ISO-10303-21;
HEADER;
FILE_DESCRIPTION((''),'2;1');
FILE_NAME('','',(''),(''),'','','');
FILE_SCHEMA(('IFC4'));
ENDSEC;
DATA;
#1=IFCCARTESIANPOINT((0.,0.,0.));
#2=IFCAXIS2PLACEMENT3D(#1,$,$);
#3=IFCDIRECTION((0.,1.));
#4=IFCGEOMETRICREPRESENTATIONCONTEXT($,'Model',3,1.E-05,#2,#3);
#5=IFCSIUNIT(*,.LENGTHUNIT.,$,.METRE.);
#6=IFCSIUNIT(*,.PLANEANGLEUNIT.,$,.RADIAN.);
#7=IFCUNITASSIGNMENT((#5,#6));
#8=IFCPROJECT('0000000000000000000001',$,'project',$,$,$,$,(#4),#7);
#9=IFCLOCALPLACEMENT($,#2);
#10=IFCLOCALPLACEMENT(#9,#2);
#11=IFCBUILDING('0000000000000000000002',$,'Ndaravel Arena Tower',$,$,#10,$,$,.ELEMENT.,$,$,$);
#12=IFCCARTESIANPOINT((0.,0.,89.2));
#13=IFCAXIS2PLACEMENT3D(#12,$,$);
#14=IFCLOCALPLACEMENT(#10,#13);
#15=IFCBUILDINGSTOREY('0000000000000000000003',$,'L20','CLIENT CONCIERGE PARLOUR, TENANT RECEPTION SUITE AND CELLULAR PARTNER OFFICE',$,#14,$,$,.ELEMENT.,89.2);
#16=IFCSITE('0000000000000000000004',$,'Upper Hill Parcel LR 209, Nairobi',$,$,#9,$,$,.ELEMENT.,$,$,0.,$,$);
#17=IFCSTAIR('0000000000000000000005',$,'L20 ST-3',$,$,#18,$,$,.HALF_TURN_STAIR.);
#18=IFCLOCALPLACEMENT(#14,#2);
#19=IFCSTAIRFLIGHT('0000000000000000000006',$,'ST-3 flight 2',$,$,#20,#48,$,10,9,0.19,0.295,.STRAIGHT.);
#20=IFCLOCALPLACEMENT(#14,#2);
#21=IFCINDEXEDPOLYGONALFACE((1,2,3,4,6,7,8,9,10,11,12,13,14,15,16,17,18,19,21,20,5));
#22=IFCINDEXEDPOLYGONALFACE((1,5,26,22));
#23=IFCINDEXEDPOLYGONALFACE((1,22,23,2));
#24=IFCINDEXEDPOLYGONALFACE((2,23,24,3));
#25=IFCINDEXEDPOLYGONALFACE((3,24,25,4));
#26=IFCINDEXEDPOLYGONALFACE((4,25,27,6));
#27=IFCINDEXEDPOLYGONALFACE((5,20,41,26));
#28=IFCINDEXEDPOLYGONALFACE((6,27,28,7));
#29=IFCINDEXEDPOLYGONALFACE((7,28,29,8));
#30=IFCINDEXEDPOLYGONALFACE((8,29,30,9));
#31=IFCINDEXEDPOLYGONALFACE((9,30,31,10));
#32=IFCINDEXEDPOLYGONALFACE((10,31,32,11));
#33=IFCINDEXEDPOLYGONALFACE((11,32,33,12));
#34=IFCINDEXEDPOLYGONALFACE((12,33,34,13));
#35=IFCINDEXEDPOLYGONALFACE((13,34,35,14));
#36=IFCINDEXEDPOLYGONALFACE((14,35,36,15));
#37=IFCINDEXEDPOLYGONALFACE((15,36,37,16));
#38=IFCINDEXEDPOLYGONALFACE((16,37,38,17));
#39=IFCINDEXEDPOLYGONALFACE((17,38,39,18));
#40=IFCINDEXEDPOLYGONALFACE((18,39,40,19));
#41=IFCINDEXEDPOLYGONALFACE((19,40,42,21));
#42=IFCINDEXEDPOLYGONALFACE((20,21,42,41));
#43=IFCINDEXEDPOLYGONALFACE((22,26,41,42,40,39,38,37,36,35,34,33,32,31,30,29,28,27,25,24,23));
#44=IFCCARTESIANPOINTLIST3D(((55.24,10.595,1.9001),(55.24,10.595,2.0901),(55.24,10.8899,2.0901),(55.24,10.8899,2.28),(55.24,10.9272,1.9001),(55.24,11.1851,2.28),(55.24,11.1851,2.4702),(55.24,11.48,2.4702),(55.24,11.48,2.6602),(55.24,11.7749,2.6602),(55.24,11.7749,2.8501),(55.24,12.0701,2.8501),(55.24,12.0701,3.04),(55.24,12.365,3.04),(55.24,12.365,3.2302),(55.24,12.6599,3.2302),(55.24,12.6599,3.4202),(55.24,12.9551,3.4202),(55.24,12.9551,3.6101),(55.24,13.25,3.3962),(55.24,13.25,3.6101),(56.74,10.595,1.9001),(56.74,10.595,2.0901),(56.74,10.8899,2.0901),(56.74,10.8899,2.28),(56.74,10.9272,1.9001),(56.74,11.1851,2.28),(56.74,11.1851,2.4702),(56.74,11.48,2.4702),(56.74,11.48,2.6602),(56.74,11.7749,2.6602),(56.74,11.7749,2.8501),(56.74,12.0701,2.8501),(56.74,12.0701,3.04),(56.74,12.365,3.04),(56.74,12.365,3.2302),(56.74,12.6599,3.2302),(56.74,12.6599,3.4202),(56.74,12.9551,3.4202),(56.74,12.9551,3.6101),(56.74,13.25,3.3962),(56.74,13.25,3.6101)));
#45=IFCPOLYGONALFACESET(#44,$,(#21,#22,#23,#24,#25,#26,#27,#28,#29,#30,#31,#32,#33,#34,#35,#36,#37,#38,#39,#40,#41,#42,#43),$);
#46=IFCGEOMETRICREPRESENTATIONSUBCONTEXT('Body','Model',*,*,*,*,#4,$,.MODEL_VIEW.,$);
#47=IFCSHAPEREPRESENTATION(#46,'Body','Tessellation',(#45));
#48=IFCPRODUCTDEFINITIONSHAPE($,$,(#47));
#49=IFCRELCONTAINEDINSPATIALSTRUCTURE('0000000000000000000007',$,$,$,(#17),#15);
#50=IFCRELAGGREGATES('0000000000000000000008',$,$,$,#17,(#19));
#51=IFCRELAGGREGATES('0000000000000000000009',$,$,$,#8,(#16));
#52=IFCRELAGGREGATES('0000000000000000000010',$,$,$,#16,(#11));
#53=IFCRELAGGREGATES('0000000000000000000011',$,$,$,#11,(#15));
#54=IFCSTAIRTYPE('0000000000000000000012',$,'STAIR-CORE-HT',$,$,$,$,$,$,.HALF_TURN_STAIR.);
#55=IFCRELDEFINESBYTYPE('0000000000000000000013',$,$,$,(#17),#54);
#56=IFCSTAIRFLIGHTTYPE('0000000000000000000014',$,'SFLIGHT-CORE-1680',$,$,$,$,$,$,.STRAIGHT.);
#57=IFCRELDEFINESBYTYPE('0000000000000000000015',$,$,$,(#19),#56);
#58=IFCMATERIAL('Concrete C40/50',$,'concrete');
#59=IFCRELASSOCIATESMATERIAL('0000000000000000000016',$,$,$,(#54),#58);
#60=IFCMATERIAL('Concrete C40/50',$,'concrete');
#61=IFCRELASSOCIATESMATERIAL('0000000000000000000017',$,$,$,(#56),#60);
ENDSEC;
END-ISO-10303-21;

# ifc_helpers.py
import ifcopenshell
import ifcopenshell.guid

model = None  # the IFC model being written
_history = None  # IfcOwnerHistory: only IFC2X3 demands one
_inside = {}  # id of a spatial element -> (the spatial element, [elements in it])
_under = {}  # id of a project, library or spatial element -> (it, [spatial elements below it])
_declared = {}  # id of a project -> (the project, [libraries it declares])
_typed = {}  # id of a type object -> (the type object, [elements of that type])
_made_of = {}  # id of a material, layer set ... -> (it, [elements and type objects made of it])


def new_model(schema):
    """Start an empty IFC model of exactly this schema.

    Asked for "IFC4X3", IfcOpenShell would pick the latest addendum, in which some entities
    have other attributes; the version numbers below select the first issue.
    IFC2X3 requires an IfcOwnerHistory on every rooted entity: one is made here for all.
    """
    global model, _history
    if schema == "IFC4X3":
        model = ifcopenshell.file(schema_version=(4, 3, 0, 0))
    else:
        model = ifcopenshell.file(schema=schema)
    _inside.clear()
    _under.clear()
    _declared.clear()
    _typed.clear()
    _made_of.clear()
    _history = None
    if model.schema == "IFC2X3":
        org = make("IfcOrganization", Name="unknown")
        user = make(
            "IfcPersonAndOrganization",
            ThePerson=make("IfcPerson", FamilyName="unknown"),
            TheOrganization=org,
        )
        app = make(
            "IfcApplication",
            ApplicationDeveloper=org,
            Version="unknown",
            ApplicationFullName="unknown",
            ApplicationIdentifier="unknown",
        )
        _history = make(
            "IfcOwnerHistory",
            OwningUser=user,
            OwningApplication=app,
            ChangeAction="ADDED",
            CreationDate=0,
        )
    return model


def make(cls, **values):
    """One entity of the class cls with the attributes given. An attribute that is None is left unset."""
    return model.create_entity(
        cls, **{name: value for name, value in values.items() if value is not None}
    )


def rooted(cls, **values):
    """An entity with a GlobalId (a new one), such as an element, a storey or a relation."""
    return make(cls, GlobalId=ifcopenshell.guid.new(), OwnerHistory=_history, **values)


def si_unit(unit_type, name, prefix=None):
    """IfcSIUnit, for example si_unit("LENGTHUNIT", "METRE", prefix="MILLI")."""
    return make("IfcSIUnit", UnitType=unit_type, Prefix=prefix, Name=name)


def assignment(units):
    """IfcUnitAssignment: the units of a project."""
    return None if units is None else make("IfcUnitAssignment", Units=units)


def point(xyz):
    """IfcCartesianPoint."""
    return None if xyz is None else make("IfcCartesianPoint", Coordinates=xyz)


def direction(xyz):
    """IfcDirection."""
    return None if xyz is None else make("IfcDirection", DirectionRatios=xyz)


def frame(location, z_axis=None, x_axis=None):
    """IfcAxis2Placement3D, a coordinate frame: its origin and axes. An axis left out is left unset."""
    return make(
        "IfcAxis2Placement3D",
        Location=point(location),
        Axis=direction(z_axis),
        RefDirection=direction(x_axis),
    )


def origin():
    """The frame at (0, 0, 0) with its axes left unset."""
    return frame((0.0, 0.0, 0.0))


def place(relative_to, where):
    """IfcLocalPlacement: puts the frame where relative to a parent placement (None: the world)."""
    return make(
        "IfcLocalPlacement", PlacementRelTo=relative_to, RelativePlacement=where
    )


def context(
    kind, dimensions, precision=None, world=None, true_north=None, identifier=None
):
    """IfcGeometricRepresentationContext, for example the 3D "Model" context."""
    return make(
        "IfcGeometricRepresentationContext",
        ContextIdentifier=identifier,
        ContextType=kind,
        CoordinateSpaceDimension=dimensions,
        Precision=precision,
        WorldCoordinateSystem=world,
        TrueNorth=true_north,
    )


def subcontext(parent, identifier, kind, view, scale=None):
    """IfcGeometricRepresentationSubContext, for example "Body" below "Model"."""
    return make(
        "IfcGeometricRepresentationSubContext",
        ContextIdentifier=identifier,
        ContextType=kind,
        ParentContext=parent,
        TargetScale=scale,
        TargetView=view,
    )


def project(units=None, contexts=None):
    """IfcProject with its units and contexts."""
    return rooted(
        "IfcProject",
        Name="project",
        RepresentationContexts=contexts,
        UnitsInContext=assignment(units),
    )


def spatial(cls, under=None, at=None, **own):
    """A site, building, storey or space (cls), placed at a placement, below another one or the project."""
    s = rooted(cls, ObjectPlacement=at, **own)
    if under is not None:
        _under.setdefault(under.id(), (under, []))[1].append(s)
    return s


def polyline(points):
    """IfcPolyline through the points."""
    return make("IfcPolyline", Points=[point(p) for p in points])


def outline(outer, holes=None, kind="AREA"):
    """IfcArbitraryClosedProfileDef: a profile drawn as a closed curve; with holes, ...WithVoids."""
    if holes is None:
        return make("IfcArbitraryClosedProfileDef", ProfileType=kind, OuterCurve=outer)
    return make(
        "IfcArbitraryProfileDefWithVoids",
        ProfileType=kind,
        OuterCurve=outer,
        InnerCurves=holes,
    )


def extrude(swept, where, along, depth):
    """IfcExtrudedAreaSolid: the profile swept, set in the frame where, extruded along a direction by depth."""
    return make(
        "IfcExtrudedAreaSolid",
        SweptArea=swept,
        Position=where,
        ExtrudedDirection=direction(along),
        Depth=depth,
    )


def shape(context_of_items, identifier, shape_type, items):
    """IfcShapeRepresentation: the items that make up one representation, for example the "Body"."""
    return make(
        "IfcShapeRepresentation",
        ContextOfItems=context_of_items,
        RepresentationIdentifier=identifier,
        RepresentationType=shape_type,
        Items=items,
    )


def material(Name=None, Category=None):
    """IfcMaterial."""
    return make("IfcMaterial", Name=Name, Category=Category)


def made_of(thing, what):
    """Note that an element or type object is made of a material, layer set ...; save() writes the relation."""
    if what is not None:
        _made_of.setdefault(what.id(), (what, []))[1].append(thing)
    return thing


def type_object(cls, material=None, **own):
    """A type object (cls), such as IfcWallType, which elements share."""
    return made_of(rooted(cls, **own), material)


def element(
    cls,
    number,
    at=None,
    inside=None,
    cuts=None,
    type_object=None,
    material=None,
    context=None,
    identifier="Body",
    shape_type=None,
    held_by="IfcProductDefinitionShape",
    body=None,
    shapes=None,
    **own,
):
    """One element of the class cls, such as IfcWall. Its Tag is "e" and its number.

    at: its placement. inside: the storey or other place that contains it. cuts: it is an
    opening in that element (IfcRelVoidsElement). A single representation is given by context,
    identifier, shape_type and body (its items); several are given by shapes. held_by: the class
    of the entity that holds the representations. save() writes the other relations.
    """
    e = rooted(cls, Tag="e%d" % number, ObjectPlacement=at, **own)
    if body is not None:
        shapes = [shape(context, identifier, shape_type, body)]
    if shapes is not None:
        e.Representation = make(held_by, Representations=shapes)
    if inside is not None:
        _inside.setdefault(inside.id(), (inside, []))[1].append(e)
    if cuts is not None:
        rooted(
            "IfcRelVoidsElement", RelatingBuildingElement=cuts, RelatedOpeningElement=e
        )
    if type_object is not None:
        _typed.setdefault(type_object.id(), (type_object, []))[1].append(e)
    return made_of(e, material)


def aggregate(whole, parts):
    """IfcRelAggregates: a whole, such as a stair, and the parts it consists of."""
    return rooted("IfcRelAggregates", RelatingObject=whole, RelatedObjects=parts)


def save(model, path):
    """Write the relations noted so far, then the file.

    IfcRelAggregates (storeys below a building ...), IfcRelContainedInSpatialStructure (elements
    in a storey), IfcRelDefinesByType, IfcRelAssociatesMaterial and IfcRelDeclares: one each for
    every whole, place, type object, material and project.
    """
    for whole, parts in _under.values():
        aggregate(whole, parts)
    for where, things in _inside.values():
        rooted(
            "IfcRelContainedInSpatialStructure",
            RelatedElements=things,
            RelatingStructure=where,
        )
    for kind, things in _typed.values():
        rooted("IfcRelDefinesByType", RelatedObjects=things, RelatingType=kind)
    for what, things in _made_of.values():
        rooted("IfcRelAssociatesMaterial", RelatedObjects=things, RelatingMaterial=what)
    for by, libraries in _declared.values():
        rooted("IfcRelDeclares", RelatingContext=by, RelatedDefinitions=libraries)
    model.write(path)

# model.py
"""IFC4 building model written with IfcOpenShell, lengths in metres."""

from ifc_helpers import new_model, si_unit, direction, frame, origin, place, context, subcontext, project, spatial, polyline, outline, extrude, material, type_object, element, aggregate, save


model = new_model("IFC4")

# Units and contexts
model_context = context("Model", 3, precision=1e-05, world=origin(), true_north=direction((0.0, 1.0)))
body_context = subcontext(model_context, "Body", "Model", "MODEL_VIEW")
ifc_project = project(units=[si_unit("LENGTHUNIT", "METRE"), si_unit("PLANEANGLEUNIT", "RADIAN")], contexts=[model_context])

# Site, building, storey
site_placement = place(None, origin())
site = spatial("IfcSite", under=ifc_project, at=site_placement, Name="Upper Hill Parcel LR 209, Nairobi", CompositionType="ELEMENT", RefElevation=0.0)
building_placement = place(site_placement, origin())
building = spatial("IfcBuilding", under=site, at=building_placement, Name="Ndaravel Arena Tower", CompositionType="ELEMENT")
storey_placement = place(building_placement, frame((0.0, 0.0, 89.2)))
storey = spatial("IfcBuildingStorey", under=building, at=storey_placement, Name="L20", Description="CLIENT CONCIERGE PARLOUR, TENANT RECEPTION SUITE AND CELLULAR PARTNER OFFICE", CompositionType="ELEMENT", Elevation=89.2)

# Stair, stair flight
ifc_material_1 = material(Name="Concrete C40/50", Category="concrete")
stair_type = type_object("IfcStairType", Name="STAIR-CORE-HT", PredefinedType="HALF_TURN_STAIR", material=ifc_material_1)
stair_placement = place(storey_placement, origin())
stair = element("IfcStair", 1, at=stair_placement, inside=storey, type_object=stair_type, Name="L20 ST-3", PredefinedType="HALF_TURN_STAIR")
ifc_material_2 = material(Name="Concrete C40/50", Category="concrete")
stair_flight_type = type_object("IfcStairFlightType", Name="SFLIGHT-CORE-1680", PredefinedType="STRAIGHT", material=ifc_material_2)
stair_flight_1_placement = place(storey_placement, frame((55.99, 10.595, 1.9001), z_axis=(0.0, 0.0, 1.0), x_axis=(0.0, 1.0, 0.0)))
stair_flight_1 = element("IfcStairFlight", 2, at=stair_flight_1_placement, type_object=stair_flight_type, Name="ST-3 flight 2", NumberOfRisers=10, NumberOfTreads=9, PredefinedType="STRAIGHT", RiserHeight=0.19, TreadLength=0.295, context=body_context, shape_type="SweptSolid", body=[
    extrude(outline(polyline([(0.0, 0.0), (0.0, 0.1899), (0.2949, 0.1899), (0.2949, 0.3799), (0.5901, 0.3799), (0.5901, 0.5701), (0.885, 0.5701), (0.885, 0.76), (1.1799, 0.76), (1.1799, 0.95), (1.4751, 0.95), (1.4751, 1.1399), (1.77, 1.1399), (1.77, 1.3301), (2.0649, 1.3301), (2.0649, 1.52), (2.3601, 1.52), (2.3601, 1.71), (2.655, 1.71), (2.655, 1.8999), (2.655, 1.4961), (0.3323, 0.0), (0.0, 0.0)])), frame((0.0, 0.75, 0.0), z_axis=(0.0, -1.0, 0.0), x_axis=(1.0, 0.0, 0.0)), (0.0, 0.0, 1.0), 1.5),
])
aggregate(stair, [stair_flight_1])

save(model, "model.ifc")
